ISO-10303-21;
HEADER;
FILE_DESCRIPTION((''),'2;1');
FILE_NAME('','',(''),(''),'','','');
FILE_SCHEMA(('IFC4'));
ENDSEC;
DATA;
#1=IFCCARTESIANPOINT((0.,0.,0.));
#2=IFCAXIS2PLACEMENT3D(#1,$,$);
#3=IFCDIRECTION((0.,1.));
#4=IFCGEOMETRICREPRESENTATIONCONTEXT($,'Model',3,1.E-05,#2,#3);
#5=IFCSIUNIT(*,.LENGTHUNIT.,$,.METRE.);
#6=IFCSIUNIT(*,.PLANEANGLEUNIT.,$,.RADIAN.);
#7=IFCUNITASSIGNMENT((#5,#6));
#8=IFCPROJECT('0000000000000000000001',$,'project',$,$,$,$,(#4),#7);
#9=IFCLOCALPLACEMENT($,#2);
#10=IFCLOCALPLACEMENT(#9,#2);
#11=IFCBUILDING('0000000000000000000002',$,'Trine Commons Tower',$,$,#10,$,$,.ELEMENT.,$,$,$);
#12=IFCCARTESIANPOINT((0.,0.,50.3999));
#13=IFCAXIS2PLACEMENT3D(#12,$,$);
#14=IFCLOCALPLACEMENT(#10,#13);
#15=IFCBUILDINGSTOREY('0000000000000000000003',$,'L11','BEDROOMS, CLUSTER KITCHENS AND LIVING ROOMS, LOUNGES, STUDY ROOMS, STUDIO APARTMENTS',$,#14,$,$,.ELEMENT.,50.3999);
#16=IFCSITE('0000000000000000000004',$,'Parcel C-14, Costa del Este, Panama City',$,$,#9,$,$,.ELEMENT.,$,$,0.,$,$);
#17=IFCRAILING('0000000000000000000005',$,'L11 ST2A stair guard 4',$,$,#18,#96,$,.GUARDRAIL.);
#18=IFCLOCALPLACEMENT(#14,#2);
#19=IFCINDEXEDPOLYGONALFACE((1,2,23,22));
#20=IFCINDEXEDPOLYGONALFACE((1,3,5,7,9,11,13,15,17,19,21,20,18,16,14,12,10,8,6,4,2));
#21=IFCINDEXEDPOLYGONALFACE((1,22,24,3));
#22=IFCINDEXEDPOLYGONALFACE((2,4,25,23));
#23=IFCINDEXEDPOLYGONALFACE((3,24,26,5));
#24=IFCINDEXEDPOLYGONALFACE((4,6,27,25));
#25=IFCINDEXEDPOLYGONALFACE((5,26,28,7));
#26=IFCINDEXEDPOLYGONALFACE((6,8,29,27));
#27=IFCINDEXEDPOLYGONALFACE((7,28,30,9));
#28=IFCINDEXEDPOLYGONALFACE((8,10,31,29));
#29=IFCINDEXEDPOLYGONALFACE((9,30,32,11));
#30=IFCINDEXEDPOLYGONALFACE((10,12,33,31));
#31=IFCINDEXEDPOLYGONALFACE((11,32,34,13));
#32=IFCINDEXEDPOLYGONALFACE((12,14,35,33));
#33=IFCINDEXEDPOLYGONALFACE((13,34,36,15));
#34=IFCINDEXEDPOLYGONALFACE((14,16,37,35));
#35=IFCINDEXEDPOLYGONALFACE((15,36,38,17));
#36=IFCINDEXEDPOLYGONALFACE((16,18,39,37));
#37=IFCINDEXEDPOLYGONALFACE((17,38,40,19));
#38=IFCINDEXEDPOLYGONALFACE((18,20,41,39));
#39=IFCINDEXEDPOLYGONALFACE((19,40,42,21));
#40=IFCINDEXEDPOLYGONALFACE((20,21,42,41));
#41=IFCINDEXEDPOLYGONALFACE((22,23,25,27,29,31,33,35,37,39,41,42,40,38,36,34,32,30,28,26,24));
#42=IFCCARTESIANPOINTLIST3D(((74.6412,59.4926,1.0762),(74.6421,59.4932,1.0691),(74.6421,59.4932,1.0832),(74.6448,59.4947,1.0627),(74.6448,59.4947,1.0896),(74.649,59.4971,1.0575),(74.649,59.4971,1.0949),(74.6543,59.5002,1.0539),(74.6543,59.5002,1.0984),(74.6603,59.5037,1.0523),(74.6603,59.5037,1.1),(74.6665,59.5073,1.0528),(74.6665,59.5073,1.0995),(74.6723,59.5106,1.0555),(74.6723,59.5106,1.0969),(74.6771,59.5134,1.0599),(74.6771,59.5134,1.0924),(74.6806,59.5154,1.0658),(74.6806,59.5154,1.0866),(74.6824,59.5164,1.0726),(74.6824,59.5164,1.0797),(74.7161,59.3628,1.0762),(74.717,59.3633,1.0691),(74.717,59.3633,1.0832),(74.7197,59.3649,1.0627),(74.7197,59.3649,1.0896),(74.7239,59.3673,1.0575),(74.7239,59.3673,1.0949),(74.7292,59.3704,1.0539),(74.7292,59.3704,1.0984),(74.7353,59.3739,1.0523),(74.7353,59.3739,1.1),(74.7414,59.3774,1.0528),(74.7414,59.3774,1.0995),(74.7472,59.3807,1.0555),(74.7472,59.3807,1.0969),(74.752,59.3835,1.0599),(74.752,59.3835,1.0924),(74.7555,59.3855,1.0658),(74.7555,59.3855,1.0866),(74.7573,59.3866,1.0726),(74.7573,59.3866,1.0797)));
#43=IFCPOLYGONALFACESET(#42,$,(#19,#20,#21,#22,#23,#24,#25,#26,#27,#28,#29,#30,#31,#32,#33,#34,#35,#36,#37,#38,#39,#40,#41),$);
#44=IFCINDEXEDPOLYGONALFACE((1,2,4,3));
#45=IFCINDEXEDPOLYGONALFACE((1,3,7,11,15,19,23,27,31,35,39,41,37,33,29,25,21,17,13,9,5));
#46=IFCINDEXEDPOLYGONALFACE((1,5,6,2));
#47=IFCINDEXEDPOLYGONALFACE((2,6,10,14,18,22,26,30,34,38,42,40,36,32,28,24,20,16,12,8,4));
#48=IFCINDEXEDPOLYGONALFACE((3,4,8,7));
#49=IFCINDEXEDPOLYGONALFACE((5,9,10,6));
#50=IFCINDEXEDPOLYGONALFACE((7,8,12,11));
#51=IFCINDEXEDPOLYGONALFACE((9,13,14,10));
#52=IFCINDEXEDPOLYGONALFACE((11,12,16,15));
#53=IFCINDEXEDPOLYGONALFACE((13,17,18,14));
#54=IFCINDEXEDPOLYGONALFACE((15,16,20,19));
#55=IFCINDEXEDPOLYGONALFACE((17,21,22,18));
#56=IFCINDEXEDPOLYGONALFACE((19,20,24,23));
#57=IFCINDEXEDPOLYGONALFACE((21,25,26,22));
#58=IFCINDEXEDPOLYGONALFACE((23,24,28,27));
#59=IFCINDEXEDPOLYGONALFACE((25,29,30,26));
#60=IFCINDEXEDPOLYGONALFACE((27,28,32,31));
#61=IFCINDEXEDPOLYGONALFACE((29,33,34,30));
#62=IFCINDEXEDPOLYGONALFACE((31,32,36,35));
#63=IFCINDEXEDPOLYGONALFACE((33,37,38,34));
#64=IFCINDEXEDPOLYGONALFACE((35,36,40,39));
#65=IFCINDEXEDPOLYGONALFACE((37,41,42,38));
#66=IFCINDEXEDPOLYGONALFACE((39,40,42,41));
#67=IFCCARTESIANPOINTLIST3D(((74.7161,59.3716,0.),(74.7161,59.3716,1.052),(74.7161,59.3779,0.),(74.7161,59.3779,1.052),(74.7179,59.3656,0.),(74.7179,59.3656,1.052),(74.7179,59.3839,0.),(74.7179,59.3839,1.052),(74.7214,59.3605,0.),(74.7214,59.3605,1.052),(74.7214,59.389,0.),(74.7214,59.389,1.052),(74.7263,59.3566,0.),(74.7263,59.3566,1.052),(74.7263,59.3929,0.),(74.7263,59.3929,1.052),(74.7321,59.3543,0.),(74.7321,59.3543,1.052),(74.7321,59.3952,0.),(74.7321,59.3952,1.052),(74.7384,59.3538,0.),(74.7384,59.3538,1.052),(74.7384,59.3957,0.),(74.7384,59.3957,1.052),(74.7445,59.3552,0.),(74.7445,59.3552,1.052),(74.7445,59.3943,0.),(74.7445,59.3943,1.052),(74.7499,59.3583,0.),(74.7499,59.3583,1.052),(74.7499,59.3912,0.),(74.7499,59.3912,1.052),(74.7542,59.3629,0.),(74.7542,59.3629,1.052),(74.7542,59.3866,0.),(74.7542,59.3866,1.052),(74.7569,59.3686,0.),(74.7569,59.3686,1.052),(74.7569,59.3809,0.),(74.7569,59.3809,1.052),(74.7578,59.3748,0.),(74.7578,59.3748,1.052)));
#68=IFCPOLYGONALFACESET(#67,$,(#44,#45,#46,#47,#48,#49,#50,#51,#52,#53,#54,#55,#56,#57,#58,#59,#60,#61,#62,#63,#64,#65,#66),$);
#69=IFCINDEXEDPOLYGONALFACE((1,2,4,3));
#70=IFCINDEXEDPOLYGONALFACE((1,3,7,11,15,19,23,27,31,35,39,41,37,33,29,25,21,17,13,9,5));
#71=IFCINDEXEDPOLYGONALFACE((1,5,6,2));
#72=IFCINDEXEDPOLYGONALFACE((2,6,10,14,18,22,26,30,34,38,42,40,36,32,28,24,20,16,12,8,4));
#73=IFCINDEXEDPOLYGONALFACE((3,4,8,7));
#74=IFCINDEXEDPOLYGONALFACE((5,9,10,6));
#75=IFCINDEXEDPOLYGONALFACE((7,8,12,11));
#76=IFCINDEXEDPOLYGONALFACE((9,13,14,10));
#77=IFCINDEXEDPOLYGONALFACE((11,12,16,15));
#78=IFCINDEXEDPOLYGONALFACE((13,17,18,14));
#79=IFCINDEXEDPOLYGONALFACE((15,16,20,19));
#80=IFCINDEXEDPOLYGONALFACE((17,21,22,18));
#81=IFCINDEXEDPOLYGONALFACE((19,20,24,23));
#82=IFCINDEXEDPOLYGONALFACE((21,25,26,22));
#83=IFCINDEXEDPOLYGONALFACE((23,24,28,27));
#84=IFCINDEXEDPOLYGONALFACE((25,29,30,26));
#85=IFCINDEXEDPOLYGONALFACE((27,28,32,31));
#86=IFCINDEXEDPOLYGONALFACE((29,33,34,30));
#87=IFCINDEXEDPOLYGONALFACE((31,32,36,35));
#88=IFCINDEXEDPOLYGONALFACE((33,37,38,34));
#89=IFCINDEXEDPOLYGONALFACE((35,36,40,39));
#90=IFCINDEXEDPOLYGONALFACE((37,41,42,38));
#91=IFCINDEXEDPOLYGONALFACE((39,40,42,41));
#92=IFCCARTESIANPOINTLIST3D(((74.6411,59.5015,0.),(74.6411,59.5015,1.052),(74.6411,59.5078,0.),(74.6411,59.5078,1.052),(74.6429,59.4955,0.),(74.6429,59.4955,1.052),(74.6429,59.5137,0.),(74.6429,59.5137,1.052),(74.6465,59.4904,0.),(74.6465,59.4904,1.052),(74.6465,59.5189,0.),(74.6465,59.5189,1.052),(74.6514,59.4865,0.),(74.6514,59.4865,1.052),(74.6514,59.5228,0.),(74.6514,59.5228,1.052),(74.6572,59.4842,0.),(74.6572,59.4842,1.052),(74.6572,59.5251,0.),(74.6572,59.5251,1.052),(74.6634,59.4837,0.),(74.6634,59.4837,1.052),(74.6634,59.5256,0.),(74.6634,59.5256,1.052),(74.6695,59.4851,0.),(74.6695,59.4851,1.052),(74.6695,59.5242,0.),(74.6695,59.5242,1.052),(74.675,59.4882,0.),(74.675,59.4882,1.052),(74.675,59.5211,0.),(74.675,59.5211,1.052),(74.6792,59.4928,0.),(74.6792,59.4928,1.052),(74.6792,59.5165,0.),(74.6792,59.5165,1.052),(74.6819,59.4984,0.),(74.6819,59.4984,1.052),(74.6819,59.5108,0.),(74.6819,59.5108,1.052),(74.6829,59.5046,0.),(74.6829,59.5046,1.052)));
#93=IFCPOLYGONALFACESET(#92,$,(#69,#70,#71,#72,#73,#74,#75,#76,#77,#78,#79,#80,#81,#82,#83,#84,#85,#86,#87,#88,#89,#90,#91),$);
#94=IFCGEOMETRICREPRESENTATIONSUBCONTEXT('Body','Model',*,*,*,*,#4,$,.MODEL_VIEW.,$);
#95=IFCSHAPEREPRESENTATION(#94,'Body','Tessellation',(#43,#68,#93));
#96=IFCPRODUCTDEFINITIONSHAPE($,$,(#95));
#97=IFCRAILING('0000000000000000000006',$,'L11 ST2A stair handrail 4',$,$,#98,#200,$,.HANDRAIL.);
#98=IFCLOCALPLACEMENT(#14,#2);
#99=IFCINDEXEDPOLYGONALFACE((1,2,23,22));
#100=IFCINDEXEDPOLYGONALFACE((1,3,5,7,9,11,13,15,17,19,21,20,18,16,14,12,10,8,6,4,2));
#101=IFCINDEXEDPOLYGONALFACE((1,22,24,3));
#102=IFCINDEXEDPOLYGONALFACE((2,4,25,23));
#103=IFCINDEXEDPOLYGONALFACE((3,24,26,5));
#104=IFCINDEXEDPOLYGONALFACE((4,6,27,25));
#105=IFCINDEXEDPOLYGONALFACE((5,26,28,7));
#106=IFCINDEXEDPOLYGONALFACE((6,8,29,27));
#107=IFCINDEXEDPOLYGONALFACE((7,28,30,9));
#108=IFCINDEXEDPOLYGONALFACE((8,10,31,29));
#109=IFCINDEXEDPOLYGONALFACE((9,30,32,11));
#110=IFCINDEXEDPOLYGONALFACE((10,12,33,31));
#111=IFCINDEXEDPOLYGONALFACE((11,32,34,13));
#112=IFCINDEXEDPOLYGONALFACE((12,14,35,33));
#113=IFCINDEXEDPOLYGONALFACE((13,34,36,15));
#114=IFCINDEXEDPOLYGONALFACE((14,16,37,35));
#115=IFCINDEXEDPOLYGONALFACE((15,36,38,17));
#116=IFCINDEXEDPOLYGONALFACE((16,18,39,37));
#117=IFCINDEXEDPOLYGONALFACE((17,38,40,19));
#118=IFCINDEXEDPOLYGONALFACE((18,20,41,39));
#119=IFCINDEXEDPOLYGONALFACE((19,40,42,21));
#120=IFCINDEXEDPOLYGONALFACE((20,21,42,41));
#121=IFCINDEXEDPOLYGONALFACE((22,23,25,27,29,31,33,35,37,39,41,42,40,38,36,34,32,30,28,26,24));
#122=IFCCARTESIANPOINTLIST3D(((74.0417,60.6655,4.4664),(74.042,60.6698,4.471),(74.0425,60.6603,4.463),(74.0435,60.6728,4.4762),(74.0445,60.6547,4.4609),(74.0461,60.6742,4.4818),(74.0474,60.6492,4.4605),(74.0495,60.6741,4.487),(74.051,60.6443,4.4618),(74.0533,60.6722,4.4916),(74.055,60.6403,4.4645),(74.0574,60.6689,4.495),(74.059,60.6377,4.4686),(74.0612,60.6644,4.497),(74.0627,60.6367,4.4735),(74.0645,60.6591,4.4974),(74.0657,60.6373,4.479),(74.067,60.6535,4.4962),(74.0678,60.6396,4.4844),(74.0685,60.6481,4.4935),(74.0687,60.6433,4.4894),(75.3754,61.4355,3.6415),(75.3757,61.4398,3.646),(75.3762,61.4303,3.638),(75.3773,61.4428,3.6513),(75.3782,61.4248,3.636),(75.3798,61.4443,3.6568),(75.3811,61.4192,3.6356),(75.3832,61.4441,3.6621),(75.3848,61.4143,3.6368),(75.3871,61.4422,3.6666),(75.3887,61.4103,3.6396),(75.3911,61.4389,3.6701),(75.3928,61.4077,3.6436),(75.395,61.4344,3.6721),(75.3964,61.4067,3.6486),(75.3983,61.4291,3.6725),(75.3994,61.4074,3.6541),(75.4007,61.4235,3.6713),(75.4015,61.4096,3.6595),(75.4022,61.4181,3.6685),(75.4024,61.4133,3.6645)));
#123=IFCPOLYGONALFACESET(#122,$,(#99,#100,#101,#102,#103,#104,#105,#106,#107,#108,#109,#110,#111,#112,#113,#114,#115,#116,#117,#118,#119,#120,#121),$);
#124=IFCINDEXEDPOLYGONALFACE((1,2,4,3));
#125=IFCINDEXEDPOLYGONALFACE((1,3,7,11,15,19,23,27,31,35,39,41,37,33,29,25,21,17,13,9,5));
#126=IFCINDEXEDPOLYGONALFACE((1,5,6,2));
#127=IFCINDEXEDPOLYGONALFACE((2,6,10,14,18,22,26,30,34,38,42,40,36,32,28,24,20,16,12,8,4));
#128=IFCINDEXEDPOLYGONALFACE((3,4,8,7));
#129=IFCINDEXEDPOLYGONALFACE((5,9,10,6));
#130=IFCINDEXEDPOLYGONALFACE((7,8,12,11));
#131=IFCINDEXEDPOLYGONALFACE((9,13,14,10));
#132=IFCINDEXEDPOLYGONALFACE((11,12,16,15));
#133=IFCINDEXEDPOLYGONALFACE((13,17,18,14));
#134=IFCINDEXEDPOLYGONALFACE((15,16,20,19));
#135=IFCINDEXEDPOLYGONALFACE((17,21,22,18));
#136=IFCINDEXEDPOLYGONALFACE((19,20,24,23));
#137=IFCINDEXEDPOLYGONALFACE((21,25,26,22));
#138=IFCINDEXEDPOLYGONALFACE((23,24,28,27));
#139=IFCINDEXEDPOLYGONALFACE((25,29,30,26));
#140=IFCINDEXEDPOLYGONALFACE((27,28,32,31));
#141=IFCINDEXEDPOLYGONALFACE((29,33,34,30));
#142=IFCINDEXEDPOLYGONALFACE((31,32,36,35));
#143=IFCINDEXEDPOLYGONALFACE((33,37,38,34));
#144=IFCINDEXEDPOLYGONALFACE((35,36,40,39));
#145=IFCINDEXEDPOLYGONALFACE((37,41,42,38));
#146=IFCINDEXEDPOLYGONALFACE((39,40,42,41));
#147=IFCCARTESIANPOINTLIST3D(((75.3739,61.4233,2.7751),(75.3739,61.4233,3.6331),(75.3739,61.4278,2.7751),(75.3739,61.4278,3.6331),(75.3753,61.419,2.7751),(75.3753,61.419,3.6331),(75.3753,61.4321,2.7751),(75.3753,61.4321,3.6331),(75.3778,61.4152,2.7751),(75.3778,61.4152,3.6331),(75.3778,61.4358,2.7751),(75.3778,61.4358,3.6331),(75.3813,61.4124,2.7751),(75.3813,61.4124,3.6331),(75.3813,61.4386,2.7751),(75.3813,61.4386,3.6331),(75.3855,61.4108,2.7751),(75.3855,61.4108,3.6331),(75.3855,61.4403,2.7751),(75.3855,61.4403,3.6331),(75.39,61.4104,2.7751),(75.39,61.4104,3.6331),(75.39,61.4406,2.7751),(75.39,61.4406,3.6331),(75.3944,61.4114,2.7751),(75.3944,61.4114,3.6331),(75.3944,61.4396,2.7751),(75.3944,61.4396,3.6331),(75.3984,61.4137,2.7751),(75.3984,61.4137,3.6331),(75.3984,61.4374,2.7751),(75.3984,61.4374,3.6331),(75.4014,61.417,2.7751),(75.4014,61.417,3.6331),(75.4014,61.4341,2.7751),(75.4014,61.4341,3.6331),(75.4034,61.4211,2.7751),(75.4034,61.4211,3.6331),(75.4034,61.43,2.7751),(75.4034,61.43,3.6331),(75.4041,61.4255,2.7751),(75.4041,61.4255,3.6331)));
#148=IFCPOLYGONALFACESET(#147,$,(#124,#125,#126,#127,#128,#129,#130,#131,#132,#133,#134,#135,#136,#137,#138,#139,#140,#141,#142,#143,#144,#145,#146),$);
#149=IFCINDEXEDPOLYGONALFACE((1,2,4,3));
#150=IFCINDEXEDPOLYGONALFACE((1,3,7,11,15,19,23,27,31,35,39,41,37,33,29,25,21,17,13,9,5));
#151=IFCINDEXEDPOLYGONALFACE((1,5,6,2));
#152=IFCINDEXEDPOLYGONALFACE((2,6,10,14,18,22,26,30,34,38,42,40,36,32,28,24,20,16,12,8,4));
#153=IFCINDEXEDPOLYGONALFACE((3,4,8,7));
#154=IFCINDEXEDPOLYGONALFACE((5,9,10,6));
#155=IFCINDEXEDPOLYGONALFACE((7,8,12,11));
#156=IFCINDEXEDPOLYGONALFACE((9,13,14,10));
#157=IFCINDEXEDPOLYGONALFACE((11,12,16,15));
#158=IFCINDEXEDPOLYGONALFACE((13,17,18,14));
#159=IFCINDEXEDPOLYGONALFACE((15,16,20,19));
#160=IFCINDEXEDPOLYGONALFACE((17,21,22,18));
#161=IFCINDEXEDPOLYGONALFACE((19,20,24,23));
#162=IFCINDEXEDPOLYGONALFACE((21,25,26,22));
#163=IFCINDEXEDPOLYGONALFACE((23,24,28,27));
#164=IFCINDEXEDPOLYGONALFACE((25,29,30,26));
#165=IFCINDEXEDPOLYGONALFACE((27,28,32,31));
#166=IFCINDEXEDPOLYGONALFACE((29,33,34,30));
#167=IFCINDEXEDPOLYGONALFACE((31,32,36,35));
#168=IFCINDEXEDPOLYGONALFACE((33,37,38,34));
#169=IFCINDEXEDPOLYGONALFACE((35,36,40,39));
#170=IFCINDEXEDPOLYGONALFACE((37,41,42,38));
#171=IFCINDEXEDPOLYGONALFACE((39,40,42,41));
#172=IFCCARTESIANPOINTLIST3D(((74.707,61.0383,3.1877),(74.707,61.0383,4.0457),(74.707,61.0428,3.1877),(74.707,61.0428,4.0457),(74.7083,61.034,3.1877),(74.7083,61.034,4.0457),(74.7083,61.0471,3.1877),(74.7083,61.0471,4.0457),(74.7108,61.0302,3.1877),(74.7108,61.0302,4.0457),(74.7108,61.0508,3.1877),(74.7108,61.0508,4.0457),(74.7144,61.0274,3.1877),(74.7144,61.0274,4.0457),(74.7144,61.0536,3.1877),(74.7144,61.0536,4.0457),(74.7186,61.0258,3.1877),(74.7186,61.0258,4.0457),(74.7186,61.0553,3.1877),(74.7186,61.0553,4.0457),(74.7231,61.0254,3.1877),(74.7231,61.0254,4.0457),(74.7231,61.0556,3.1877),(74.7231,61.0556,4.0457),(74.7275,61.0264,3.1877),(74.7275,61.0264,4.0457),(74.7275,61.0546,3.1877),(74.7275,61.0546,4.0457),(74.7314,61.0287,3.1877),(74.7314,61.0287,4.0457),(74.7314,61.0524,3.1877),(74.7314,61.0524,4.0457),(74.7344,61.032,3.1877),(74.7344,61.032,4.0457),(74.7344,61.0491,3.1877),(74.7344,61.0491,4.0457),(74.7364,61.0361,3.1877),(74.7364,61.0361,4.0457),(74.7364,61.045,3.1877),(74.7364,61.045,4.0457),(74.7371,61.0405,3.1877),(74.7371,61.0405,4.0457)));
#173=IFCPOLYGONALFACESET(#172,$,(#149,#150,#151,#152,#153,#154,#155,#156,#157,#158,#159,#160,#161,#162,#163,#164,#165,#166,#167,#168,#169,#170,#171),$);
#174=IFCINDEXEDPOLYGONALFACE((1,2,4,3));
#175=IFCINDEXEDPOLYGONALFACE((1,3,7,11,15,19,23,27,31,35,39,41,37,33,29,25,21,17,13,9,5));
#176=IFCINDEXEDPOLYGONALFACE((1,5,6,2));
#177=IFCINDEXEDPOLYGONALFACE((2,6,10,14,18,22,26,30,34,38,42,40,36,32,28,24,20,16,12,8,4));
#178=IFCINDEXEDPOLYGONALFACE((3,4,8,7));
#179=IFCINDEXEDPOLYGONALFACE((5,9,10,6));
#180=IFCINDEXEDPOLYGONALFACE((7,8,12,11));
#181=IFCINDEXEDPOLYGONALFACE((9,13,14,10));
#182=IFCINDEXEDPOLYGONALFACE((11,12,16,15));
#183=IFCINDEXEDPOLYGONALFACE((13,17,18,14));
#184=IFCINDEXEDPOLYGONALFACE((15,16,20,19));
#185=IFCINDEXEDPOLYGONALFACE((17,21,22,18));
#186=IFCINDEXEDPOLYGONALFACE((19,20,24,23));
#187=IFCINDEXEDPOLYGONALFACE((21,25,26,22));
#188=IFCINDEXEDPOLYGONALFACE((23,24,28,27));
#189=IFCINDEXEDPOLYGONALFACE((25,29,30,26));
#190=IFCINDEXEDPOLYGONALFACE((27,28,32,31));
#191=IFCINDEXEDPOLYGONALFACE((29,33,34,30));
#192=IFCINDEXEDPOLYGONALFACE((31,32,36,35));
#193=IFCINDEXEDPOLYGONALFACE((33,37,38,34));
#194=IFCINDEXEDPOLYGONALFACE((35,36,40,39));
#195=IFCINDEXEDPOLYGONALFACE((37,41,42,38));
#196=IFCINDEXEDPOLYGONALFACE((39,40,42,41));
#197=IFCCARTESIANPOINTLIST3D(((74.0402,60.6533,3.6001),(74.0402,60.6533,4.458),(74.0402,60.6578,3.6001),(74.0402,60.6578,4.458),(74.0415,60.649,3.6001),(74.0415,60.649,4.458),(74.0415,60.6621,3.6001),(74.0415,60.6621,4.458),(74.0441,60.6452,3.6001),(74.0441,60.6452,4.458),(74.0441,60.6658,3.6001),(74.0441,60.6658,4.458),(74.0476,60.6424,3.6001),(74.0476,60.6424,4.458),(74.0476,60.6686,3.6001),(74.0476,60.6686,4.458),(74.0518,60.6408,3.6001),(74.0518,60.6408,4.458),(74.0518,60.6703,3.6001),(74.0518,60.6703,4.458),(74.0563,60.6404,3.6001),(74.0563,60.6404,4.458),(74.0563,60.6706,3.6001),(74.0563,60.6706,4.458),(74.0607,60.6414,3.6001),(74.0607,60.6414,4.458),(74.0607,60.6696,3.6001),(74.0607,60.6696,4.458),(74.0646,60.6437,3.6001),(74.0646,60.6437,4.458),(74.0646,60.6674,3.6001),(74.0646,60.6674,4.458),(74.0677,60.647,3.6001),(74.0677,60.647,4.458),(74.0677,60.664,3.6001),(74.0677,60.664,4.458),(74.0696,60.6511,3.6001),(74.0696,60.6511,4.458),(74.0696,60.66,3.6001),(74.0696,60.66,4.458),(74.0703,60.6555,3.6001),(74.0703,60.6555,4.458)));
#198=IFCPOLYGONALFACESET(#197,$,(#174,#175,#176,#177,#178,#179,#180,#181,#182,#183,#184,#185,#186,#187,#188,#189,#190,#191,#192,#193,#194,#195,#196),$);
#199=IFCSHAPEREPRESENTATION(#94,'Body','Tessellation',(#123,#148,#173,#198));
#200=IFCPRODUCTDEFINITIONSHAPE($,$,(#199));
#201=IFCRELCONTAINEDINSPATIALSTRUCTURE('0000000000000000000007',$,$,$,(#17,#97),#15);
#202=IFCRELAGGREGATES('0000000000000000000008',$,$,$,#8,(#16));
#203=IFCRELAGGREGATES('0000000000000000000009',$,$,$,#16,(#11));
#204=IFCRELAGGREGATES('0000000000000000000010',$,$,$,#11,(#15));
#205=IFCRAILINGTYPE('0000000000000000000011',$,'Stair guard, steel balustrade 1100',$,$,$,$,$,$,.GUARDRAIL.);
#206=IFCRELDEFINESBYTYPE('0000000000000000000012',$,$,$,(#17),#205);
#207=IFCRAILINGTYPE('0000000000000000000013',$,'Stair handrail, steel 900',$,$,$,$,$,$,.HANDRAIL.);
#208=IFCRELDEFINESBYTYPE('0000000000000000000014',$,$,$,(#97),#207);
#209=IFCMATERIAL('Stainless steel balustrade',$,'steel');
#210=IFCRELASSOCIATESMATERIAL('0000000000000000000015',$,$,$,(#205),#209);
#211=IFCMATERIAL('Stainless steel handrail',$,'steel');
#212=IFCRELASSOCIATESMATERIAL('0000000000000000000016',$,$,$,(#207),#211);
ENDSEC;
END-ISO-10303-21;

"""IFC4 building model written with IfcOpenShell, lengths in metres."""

from ifc_helpers import new_model, si_unit, direction, frame, origin, origin_2d, place, context, subcontext, project, spatial, circle, extrude, material, type_object, element, save


model = new_model("IFC4")

# Units and contexts
model_context = context("Model", 3, precision=1e-05, world=origin(), true_north=direction((0.0, 1.0)))
body_context = subcontext(model_context, "Body", "Model", "MODEL_VIEW")
ifc_project = project(units=[si_unit("LENGTHUNIT", "METRE"), si_unit("PLANEANGLEUNIT", "RADIAN")], contexts=[model_context])

# Site, building, storey
site_placement = place(None, origin())
site = spatial("IfcSite", under=ifc_project, at=site_placement, Name="Parcel C-14, Costa del Este, Panama City", CompositionType="ELEMENT", RefElevation=0.0)
building_placement = place(site_placement, origin())
building = spatial("IfcBuilding", under=site, at=building_placement, Name="Trine Commons Tower", CompositionType="ELEMENT")
storey_placement = place(building_placement, frame((0.0, 0.0, 50.3999)))
storey = spatial("IfcBuildingStorey", under=building, at=storey_placement, Name="L11", Description="BEDROOMS, CLUSTER KITCHENS AND LIVING ROOMS, LOUNGES, STUDY ROOMS, STUDIO APARTMENTS", CompositionType="ELEMENT", Elevation=50.3999)

# Railings
ifc_material_1 = material(Name="Stainless steel balustrade", Category="steel")
railing_type_1 = type_object("IfcRailingType", Name="Stair guard, steel balustrade 1100", PredefinedType="GUARDRAIL", material=ifc_material_1)
railing_1_placement = place(storey_placement, frame((74.7368, 59.3748, 0.0)))
element("IfcRailing", 1, at=railing_1_placement, inside=storey, type_object=railing_type_1, Name="L11 ST2A stair guard 4", PredefinedType="GUARDRAIL", context=body_context, shape_type="SweptSolid", body=[
    extrude(circle(Radius=0.0239, at=origin_2d()), frame((0.0, 0.0, 1.0762), z_axis=(-0.499816, 0.866131, 0.0), x_axis=(-0.866131, -0.499816, 0.0)), (0.0, 0.0, 1.0), 0.1499),
    extrude(circle(Radius=0.021, at=origin_2d()), origin(), (0.0, 0.0, 1.0), 1.052),
    extrude(circle(Radius=0.021, at=origin_2d()), frame((-0.075, 0.1299, 0.0)), (0.0, 0.0, 1.0), 1.052),
])
ifc_material_2 = material(Name="Stainless steel handrail", Category="steel")
railing_type_2 = type_object("IfcRailingType", Name="Stair handrail, steel 900", PredefinedType="HANDRAIL", material=ifc_material_2)
railing_2_placement = place(storey_placement, frame((75.3889, 61.4255, 2.7751)))
element("IfcRailing", 2, at=railing_2_placement, inside=storey, type_object=railing_type_2, Name="L11 ST2A stair handrail 4", PredefinedType="HANDRAIL", context=body_context, shape_type="SweptSolid", body=[
    extrude(circle(Radius=0.021, at=origin_2d()), frame((0.0, 0.0, 0.8789), z_axis=(-0.763405, -0.440743, 0.472185), x_axis=(0.499992, -0.86603, 0.0)), (0.0, 0.0, 1.0), 1.7471),
    extrude(circle(Radius=0.0151, at=origin_2d()), origin(), (0.0, 0.0, 1.0), 0.8579),
    extrude(circle(Radius=0.0151, at=origin_2d()), frame((-0.667, -0.385, 0.4126)), (0.0, 0.0, 1.0), 0.8579),
    extrude(circle(Radius=0.0151, at=origin_2d()), frame((-1.3337, -0.77, 0.825)), (0.0, 0.0, 1.0), 0.8579),
])

save(model, "model.ifc")
